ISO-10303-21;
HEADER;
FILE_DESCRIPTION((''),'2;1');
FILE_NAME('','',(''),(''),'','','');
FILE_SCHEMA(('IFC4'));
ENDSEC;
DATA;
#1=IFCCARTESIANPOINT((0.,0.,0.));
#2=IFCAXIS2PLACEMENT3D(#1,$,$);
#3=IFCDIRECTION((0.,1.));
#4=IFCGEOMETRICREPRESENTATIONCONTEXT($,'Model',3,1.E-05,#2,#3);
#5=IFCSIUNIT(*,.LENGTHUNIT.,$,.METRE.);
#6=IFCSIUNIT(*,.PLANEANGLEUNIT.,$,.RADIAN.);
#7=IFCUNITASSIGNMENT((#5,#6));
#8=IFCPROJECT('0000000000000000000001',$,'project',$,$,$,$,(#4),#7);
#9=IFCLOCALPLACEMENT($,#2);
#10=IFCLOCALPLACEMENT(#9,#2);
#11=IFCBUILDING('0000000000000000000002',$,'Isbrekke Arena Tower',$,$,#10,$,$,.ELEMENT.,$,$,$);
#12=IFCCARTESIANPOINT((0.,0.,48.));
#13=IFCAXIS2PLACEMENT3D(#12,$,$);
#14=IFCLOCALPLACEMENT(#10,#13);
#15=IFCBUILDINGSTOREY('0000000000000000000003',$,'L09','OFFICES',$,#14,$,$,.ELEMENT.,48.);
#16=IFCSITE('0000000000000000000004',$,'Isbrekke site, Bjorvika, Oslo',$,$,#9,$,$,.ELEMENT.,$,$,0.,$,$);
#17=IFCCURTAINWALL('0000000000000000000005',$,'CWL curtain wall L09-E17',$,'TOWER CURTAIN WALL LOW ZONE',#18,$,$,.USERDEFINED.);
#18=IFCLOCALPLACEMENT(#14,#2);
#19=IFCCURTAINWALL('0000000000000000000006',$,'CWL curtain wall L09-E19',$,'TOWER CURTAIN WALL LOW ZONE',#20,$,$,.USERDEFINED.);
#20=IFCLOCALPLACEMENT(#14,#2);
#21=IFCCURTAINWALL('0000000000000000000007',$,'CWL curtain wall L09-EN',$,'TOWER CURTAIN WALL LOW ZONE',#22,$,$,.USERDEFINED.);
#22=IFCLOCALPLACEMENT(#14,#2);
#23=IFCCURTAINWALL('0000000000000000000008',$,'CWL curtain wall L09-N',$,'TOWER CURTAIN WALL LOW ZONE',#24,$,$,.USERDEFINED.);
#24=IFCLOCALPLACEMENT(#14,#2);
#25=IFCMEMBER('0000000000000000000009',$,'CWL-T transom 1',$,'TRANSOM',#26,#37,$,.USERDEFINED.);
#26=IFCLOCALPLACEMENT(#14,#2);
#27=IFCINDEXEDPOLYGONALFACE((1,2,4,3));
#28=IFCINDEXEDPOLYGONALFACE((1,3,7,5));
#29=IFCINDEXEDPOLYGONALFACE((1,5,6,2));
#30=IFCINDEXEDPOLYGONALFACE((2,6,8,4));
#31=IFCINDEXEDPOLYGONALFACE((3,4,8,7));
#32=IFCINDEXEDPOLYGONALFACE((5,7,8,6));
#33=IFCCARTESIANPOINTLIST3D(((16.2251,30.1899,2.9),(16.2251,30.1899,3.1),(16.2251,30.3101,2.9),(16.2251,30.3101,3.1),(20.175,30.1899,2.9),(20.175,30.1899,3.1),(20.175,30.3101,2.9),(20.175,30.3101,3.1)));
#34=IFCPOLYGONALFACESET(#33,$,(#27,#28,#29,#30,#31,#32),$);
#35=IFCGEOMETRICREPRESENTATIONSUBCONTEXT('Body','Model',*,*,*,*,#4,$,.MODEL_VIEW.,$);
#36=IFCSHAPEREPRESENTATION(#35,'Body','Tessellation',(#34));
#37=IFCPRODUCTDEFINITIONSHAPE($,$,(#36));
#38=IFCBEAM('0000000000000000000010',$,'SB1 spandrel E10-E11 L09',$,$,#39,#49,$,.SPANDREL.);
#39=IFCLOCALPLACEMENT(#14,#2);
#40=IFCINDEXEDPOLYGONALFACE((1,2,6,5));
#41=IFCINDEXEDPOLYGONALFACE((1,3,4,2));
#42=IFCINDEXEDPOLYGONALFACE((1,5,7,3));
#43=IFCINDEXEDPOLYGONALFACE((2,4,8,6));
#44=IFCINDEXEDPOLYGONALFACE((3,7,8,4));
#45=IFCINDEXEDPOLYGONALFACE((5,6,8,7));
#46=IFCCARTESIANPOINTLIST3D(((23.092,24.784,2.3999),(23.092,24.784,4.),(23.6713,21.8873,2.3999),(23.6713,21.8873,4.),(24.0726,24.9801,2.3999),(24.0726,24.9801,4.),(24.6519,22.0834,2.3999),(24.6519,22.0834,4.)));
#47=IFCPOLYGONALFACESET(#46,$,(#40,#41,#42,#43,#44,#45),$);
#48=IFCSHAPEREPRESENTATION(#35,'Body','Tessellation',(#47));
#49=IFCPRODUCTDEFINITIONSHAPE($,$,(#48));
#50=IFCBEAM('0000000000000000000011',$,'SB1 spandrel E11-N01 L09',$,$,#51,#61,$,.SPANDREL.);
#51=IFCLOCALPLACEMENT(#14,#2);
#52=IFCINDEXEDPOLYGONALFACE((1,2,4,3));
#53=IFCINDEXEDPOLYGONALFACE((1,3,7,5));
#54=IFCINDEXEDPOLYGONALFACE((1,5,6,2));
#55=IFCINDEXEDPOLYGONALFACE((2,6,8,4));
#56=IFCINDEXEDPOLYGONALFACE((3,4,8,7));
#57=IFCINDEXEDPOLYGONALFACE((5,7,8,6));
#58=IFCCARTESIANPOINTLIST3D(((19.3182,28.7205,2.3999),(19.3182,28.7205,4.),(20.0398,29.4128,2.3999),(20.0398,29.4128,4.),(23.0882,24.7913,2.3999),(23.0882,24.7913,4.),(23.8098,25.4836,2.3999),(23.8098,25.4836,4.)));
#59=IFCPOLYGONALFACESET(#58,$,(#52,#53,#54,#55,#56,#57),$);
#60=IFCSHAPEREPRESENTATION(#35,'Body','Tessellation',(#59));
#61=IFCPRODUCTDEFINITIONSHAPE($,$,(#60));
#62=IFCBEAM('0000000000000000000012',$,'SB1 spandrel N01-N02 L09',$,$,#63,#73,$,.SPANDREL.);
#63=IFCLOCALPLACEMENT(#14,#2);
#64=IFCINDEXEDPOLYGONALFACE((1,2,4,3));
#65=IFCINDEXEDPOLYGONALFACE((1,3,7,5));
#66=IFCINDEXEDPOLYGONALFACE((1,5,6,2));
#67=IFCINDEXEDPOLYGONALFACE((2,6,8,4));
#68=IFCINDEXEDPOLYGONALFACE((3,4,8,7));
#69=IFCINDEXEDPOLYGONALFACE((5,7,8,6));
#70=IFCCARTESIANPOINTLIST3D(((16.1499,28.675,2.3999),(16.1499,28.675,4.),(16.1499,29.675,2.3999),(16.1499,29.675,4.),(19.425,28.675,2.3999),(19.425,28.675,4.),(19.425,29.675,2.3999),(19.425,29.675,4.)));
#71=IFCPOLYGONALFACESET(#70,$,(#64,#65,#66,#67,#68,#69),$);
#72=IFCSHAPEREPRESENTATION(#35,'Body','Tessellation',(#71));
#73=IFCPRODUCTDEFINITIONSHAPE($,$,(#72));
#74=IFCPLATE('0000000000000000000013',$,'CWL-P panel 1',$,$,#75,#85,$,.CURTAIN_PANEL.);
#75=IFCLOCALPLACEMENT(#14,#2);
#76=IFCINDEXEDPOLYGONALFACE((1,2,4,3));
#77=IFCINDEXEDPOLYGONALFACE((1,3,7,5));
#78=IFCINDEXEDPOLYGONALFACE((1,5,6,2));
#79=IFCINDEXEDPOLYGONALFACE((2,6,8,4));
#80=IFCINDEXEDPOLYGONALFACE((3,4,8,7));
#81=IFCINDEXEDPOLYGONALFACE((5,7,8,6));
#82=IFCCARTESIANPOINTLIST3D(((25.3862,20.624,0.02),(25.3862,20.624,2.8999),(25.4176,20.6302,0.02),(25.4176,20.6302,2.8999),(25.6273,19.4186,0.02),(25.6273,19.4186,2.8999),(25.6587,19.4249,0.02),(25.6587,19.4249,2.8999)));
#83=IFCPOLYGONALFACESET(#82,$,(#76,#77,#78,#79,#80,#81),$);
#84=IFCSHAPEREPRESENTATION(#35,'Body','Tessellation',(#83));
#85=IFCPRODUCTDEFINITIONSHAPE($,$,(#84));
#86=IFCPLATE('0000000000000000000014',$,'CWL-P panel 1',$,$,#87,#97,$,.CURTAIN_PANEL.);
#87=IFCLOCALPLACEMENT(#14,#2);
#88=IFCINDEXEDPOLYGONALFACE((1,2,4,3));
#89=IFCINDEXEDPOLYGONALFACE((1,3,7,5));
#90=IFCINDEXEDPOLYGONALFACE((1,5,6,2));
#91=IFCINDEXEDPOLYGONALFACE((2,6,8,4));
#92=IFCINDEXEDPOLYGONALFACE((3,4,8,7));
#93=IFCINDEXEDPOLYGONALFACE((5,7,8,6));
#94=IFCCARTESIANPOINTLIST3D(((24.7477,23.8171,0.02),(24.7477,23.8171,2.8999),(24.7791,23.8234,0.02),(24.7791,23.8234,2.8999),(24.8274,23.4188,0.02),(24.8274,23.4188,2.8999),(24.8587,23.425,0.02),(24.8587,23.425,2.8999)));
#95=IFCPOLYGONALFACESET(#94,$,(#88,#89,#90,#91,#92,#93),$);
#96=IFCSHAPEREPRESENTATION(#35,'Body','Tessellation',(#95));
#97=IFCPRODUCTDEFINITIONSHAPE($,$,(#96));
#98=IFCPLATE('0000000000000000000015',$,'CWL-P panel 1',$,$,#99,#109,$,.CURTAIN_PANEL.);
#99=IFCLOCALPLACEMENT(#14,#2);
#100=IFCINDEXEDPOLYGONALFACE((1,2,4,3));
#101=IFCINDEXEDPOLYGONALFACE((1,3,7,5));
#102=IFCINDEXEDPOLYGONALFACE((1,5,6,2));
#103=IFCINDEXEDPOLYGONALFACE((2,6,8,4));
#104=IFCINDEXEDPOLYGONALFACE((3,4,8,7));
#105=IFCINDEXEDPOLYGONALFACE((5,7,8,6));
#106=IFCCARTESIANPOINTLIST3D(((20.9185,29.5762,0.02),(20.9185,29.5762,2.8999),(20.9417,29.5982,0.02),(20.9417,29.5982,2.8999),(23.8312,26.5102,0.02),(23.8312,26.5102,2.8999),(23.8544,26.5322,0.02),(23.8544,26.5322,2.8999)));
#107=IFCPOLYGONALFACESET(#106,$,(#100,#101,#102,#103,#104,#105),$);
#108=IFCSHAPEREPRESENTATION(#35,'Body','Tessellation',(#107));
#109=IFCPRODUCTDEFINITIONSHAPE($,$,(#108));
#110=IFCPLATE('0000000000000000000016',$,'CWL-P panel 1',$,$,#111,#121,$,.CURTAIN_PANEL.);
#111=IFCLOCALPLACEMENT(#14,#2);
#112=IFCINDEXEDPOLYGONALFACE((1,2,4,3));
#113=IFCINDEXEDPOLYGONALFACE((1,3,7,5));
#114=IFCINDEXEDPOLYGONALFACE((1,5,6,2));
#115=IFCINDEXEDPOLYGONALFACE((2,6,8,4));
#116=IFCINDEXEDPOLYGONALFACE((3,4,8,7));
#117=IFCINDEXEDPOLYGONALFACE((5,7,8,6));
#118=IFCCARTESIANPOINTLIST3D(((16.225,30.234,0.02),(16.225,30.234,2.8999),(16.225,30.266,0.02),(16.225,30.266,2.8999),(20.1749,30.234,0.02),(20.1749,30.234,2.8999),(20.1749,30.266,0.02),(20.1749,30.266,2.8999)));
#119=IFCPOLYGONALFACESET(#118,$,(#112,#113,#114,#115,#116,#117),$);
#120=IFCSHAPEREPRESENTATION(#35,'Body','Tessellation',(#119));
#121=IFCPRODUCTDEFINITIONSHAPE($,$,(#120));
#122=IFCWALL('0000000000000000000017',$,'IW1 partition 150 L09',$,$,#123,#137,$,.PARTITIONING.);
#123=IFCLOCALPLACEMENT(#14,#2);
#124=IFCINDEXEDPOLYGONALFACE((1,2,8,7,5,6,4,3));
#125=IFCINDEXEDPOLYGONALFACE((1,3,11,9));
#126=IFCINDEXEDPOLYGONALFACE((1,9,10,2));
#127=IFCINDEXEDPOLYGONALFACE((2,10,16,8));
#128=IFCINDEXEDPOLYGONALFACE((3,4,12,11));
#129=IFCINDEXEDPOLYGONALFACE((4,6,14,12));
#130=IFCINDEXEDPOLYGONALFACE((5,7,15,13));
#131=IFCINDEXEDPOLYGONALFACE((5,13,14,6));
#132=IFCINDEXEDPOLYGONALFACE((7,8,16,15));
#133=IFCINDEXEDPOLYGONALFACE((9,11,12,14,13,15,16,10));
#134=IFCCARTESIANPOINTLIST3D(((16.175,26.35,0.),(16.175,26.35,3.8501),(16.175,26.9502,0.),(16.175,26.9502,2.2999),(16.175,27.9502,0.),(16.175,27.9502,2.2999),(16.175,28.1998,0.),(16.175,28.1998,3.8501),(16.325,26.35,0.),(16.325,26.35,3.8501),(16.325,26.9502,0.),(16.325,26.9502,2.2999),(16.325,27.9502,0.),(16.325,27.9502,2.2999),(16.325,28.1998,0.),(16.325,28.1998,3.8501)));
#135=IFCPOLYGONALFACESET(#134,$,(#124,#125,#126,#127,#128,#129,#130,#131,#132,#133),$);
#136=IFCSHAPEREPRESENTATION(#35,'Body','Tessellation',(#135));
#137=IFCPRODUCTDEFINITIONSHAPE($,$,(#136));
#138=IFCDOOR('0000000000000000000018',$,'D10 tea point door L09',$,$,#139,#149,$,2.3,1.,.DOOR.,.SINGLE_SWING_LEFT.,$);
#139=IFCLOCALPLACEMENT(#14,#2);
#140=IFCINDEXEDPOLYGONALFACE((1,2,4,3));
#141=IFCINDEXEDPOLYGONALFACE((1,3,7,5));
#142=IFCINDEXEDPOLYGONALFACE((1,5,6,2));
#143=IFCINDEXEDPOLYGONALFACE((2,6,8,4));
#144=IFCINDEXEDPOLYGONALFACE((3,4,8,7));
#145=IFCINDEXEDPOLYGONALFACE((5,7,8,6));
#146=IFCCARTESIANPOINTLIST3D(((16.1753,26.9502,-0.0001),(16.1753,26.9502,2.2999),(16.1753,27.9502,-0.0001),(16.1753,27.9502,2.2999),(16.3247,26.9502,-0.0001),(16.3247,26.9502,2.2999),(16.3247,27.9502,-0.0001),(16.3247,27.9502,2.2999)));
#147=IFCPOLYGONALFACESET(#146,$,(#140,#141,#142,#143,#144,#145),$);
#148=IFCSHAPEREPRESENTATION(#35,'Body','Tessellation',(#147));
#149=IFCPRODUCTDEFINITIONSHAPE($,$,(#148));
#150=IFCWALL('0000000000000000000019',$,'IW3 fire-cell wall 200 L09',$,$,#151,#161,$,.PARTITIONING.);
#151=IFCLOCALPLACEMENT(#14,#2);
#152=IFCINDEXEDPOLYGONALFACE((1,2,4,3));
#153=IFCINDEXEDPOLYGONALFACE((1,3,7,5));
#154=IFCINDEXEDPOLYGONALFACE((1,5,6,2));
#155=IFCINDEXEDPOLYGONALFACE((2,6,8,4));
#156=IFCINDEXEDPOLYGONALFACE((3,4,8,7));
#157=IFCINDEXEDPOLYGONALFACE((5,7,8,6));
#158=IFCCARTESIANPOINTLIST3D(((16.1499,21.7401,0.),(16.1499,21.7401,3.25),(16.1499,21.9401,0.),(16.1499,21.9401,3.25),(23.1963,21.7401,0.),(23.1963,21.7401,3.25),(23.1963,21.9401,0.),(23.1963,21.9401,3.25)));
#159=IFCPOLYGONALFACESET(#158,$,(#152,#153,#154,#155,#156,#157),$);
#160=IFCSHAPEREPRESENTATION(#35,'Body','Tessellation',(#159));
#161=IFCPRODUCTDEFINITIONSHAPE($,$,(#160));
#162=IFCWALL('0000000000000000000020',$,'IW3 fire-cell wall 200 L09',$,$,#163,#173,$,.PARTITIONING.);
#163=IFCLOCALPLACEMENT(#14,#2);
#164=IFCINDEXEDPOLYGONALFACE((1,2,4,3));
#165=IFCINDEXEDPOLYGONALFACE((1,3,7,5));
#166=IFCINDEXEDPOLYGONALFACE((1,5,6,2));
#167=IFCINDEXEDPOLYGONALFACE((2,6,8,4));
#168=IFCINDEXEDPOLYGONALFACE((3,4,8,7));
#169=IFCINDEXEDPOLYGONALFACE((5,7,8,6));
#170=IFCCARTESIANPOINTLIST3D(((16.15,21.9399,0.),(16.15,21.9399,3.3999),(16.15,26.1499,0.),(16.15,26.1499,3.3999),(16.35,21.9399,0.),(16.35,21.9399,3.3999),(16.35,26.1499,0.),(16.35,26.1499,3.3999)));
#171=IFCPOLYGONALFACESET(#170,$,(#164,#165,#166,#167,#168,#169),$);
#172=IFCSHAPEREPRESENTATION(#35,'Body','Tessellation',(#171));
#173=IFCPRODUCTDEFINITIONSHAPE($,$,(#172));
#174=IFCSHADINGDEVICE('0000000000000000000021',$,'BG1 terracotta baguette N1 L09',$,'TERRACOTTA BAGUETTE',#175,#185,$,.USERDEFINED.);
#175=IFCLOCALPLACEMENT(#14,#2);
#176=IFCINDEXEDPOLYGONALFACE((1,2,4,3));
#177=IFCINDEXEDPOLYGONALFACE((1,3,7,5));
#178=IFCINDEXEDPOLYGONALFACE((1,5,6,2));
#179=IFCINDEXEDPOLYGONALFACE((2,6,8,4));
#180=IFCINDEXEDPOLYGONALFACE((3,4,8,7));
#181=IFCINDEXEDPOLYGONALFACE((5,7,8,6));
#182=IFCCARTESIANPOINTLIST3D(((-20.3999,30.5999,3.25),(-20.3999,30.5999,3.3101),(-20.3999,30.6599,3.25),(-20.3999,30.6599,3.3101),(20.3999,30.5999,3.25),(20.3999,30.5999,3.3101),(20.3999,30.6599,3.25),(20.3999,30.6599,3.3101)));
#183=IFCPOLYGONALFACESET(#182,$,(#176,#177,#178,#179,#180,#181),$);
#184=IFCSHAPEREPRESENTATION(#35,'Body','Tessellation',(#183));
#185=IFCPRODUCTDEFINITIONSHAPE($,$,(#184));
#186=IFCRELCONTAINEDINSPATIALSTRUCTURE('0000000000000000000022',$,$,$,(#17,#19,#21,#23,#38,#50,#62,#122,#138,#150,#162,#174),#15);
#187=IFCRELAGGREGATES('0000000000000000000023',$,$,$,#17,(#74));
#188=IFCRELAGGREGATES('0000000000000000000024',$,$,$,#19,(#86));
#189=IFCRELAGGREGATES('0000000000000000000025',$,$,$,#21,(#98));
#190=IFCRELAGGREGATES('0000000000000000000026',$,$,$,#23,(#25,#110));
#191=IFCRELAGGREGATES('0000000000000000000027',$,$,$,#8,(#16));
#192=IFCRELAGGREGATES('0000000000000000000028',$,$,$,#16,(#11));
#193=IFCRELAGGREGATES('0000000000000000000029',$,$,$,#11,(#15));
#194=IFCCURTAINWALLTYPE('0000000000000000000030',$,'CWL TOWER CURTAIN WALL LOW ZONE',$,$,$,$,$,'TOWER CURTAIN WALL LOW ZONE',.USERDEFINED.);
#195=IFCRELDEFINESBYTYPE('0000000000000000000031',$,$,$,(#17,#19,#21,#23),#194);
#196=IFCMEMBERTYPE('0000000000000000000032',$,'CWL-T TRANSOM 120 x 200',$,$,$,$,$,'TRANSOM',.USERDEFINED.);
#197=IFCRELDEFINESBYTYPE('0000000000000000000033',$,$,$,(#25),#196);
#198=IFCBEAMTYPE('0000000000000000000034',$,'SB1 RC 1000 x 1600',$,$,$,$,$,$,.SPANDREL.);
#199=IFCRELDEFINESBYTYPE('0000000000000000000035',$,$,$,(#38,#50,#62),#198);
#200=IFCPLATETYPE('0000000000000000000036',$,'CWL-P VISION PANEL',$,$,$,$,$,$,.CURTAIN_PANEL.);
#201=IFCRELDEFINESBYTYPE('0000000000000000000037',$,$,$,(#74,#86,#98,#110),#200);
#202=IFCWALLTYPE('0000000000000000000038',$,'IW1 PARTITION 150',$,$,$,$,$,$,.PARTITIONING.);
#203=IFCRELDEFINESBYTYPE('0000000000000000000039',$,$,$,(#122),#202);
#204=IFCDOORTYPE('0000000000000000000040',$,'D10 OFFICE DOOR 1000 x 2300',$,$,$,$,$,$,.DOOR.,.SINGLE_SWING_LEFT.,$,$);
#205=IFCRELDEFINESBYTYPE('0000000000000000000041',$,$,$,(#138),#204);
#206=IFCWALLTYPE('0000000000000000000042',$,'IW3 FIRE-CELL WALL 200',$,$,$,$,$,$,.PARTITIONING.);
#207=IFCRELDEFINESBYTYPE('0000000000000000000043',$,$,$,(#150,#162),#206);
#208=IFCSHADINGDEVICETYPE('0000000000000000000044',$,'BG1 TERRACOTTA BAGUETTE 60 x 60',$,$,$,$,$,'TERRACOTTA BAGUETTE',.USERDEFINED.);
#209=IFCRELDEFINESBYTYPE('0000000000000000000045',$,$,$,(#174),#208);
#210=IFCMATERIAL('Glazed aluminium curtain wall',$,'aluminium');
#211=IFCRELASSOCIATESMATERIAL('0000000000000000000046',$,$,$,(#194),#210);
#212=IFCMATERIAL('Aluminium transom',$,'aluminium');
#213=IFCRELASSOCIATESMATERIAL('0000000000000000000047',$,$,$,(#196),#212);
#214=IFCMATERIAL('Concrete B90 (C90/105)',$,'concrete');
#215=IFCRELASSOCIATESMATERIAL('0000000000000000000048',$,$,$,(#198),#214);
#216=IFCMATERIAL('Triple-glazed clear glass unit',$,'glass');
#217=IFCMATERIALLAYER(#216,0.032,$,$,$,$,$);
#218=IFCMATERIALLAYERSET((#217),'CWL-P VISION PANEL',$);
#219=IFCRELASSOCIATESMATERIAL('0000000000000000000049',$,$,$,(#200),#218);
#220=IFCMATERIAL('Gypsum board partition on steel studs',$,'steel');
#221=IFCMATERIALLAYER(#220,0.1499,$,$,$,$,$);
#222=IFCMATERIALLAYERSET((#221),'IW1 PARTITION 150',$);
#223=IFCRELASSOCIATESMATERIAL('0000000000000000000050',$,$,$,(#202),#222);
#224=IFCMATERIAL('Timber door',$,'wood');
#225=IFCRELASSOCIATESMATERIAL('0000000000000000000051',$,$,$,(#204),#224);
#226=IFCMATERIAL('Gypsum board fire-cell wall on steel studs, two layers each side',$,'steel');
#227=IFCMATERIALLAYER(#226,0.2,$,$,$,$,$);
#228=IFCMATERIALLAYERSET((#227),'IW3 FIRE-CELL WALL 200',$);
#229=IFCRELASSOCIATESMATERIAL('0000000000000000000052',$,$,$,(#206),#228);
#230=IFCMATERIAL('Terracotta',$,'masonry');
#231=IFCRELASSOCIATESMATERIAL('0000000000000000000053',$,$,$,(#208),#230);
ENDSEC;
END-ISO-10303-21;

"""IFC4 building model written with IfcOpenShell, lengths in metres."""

from ifc_helpers import new_model, si_unit, direction, frame, frame_2d, origin, origin_2d, place, context, subcontext, project, spatial, rectangle, extrude, material, layer, layer_set, material_profile, profile_set, type_object, element, fill, aggregate, save


model = new_model("IFC4")

# Units and contexts
model_context = context("Model", 3, precision=1e-05, world=origin(), true_north=direction((0.0, 1.0)))
body_context = subcontext(model_context, "Body", "Model", "MODEL_VIEW")
ifc_project = project(units=[si_unit("LENGTHUNIT", "METRE"), si_unit("PLANEANGLEUNIT", "RADIAN")], contexts=[model_context])

# Site, building, storey
site_placement = place(None, origin())
site = spatial("IfcSite", under=ifc_project, at=site_placement, Name="Isbrekke site, Bjorvika, Oslo", CompositionType="ELEMENT", RefElevation=0.0)
building_placement = place(site_placement, origin())
building = spatial("IfcBuilding", under=site, at=building_placement, Name="Isbrekke Arena Tower", CompositionType="ELEMENT")
storey_placement = place(building_placement, frame((0.0, 0.0, 48.0)))
storey = spatial("IfcBuildingStorey", under=building, at=storey_placement, Name="L09", Description="OFFICES", CompositionType="ELEMENT", Elevation=48.0)

# Curtain walls
ifc_material_1 = material(Name="Glazed aluminium curtain wall", Category="aluminium")
curtain_wall_type = type_object("IfcCurtainWallType", Name="CWL TOWER CURTAIN WALL LOW ZONE", ElementType="TOWER CURTAIN WALL LOW ZONE", PredefinedType="USERDEFINED", material=ifc_material_1)
curtain_wall_1_placement = place(storey_placement, origin())
curtain_wall_1 = element("IfcCurtainWall", 1, at=curtain_wall_1_placement, inside=storey, type_object=curtain_wall_type, Name="CWL curtain wall L09-E17", ObjectType="TOWER CURTAIN WALL LOW ZONE", PredefinedType="USERDEFINED")
curtain_wall_2_placement = place(storey_placement, origin())
curtain_wall_2 = element("IfcCurtainWall", 2, at=curtain_wall_2_placement, inside=storey, type_object=curtain_wall_type, Name="CWL curtain wall L09-E19", ObjectType="TOWER CURTAIN WALL LOW ZONE", PredefinedType="USERDEFINED")
curtain_wall_3_placement = place(storey_placement, origin())
curtain_wall_3 = element("IfcCurtainWall", 3, at=curtain_wall_3_placement, inside=storey, type_object=curtain_wall_type, Name="CWL curtain wall L09-EN", ObjectType="TOWER CURTAIN WALL LOW ZONE", PredefinedType="USERDEFINED")
curtain_wall_4_placement = place(storey_placement, origin())
curtain_wall_4 = element("IfcCurtainWall", 4, at=curtain_wall_4_placement, inside=storey, type_object=curtain_wall_type, Name="CWL curtain wall L09-N", ObjectType="TOWER CURTAIN WALL LOW ZONE", PredefinedType="USERDEFINED")

# Member
ifc_material_2 = material(Name="Aluminium transom", Category="aluminium")
ifc_material_profile_1 = material_profile(ifc_material_2, rectangle(XDim=0.1201, YDim=0.2, at=origin_2d()), Name="TRANSOM 120X200")
ifc_profile_set_1 = profile_set([ifc_material_profile_1], Name="Aluminium transom")
member_type_1 = type_object("IfcMemberType", Name="CWL-T TRANSOM 120 x 200", ElementType="TRANSOM", PredefinedType="USERDEFINED", material=ifc_profile_set_1)
member_1_placement = place(storey_placement, frame((20.175, 30.25, 3.0), z_axis=(-1.0, 0.0, 0.0), x_axis=(0.0, -1.0, 0.0)))
member_1 = element("IfcMember", 5, at=member_1_placement, type_object=member_type_1, Name="CWL-T transom 1", ObjectType="TRANSOM", PredefinedType="USERDEFINED", context=body_context, shape_type="SweptSolid", body=[
    extrude(rectangle(XDim=0.1201, YDim=0.2, at=origin_2d()), origin(), (0.0, 0.0, 1.0), 3.95),
])

# Beams
ifc_material_3 = material(Name="Concrete B90 (C90/105)", Category="concrete")
ifc_material_profile_2 = material_profile(ifc_material_3, rectangle(XDim=1.0, YDim=1.6001, at=origin_2d()), Name="RC 1000x1600")
ifc_profile_set_2 = profile_set([ifc_material_profile_2], Name="Concrete B90 (C90/105)")
beam_type_1 = type_object("IfcBeamType", Name="SB1 RC 1000 x 1600", PredefinedType="SPANDREL", material=ifc_profile_set_2)
beam_1_placement = place(storey_placement, frame((24.1616, 21.9854, 3.2), z_axis=(-0.196116, 0.980581, 0.0), x_axis=(-0.980581, -0.196116, 0.0)))
element("IfcBeam", 6, at=beam_1_placement, inside=storey, type_object=beam_type_1, Name="SB1 spandrel E10-E11 L09", PredefinedType="SPANDREL", context=body_context, shape_type="SweptSolid", body=[
    extrude(rectangle(XDim=1.0, YDim=1.6001, at=origin_2d()), origin(), (0.0, 0.0, 1.0), 2.9541),
])
beam_2_placement = place(storey_placement, frame((23.449, 25.1375, 3.2), z_axis=(-0.69234, 0.721572, 0.0), x_axis=(-0.721572, -0.69234, 0.0)))
element("IfcBeam", 7, at=beam_2_placement, inside=storey, type_object=beam_type_1, Name="SB1 spandrel E11-N01 L09", PredefinedType="SPANDREL", context=body_context, shape_type="SweptSolid", body=[
    extrude(rectangle(XDim=1.0, YDim=1.6001, at=origin_2d()), origin(), (0.0, 0.0, 1.0), 5.4453),
])
beam_3_placement = place(storey_placement, frame((19.425, 29.175, 3.2), z_axis=(-1.0, 0.0, 0.0), x_axis=(0.0, -1.0, 0.0)))
element("IfcBeam", 8, at=beam_3_placement, inside=storey, type_object=beam_type_1, Name="SB1 spandrel N01-N02 L09", PredefinedType="SPANDREL", context=body_context, shape_type="SweptSolid", body=[
    extrude(rectangle(XDim=1.0, YDim=1.6001, at=origin_2d()), origin(), (0.0, 0.0, 1.0), 3.2751),
])

# Plates
ifc_material_4 = material(Name="Triple-glazed clear glass unit", Category="glass")
ifc_layer_1 = layer(ifc_material_4, 0.032)
ifc_layer_set_1 = layer_set([ifc_layer_1], Name="CWL-P VISION PANEL")
plate_type = type_object("IfcPlateType", Name="CWL-P VISION PANEL", PredefinedType="CURTAIN_PANEL", material=ifc_layer_set_1)
plate_1_placement = place(storey_placement, frame((25.5225, 20.0244, 0.02), z_axis=(0.0, 0.0, 1.0), x_axis=(-0.196116, 0.980581, 0.0)))
plate_1 = element("IfcPlate", 9, at=plate_1_placement, type_object=plate_type, Name="CWL-P panel 1", PredefinedType="CURTAIN_PANEL", context=body_context, shape_type="SweptSolid", body=[
    extrude(rectangle(XDim=1.2292, YDim=0.032, at=origin_2d()), origin(), (0.0, 0.0, 1.0), 2.8799),
])
aggregate(curtain_wall_1, [plate_1])
plate_2_placement = place(storey_placement, frame((24.8032, 23.6211, 0.02), z_axis=(0.0, 0.0, 1.0), x_axis=(-0.196116, 0.980581, 0.0)))
plate_2 = element("IfcPlate", 10, at=plate_2_placement, type_object=plate_type, Name="CWL-P panel 1", PredefinedType="CURTAIN_PANEL", context=body_context, shape_type="SweptSolid", body=[
    extrude(rectangle(XDim=0.4062, YDim=0.032, at=origin_2d()), origin(), (0.0, 0.0, 1.0), 2.8799),
])
aggregate(curtain_wall_2, [plate_2])
plate_3_placement = place(storey_placement, frame((22.3865, 28.0542, 0.02), z_axis=(0.0, 0.0, 1.0), x_axis=(-0.688749, 0.724999, 0.0)))
plate_3 = element("IfcPlate", 11, at=plate_3_placement, type_object=plate_type, Name="CWL-P panel 1", PredefinedType="CURTAIN_PANEL", context=body_context, shape_type="SweptSolid", body=[
    extrude(rectangle(XDim=4.229, YDim=0.032, at=origin_2d()), origin(), (0.0, 0.0, 1.0), 2.8799),
])
aggregate(curtain_wall_3, [plate_3])
plate_4_placement = place(storey_placement, frame((18.2, 30.25, 0.02), z_axis=(0.0, 0.0, 1.0), x_axis=(-1.0, 0.0, 0.0)))
plate_4 = element("IfcPlate", 12, at=plate_4_placement, type_object=plate_type, Name="CWL-P panel 1", PredefinedType="CURTAIN_PANEL", context=body_context, shape_type="SweptSolid", body=[
    extrude(rectangle(XDim=3.95, YDim=0.032, at=origin_2d()), origin(), (0.0, 0.0, 1.0), 2.8799),
])
aggregate(curtain_wall_4, [member_1, plate_4])

# Wall, opening, door
ifc_material_5 = material(Name="Gypsum board partition on steel studs", Category="steel")
ifc_layer_2 = layer(ifc_material_5, 0.1499)
ifc_layer_set_2 = layer_set([ifc_layer_2], Name="IW1 PARTITION 150")
wall_type_1 = type_object("IfcWallType", Name="IW1 PARTITION 150", PredefinedType="PARTITIONING", material=ifc_layer_set_2)
wall_1_placement = place(storey_placement, frame((16.25, 26.3501, 0.0), z_axis=(0.0, 0.0, 1.0), x_axis=(0.0, 1.0, 0.0)))
wall_1 = element("IfcWall", 13, at=wall_1_placement, inside=storey, type_object=wall_type_1, Name="IW1 partition 150 L09", PredefinedType="PARTITIONING", context=body_context, shape_type="SweptSolid", body=[
    extrude(rectangle(XDim=1.8499, YDim=0.1499, at=frame_2d((0.9248, 0.0))), origin(), (0.0, 0.0, 1.0), 3.8501),
])
opening_placement = place(wall_1_placement, frame((0.6001, 0.0, 0.0)))
opening = element("IfcOpeningElement", 14, at=opening_placement, cuts=wall_1, PredefinedType="OPENING", context=body_context, shape_type="SweptSolid", body=[
    extrude(rectangle(XDim=1.0, YDim=2.3, at=frame_2d((0.5, 1.1499))), frame((0.0, 0.0898, 0.0), z_axis=(0.0, -1.0, 0.0), x_axis=(1.0, 0.0, 0.0)), (0.0, 0.0, 1.0), 0.1797),
])
ifc_material_6 = material(Name="Timber door", Category="wood")
door_type = type_object("IfcDoorType", Name="D10 OFFICE DOOR 1000 x 2300", OperationType="SINGLE_SWING_LEFT", PredefinedType="DOOR", material=ifc_material_6)
door_placement = place(opening_placement, origin())
door = element("IfcDoor", 15, at=door_placement, inside=storey, type_object=door_type, Name="D10 tea point door L09", OperationType="SINGLE_SWING_LEFT", OverallHeight=2.3, OverallWidth=1.0, PredefinedType="DOOR", context=body_context, shape_type="SweptSolid", body=[
    extrude(rectangle(XDim=1.0, YDim=2.3, at=frame_2d((0.5, 1.1499))), frame((0.0, 0.0747, 0.0), z_axis=(0.0, -1.0, 0.0), x_axis=(1.0, 0.0, 0.0)), (0.0, 0.0, 1.0), 0.1494),
])
fill(opening, door)

# Walls
ifc_material_7 = material(Name="Gypsum board fire-cell wall on steel studs, two layers each side", Category="steel")
ifc_layer_3 = layer(ifc_material_7, 0.2)
ifc_layer_set_3 = layer_set([ifc_layer_3], Name="IW3 FIRE-CELL WALL 200")
wall_type_2 = type_object("IfcWallType", Name="IW3 FIRE-CELL WALL 200", PredefinedType="PARTITIONING", material=ifc_layer_set_3)
wall_2_placement = place(storey_placement, frame((16.1499, 21.8401, 0.0), z_axis=(0.0, 0.0, 1.0), x_axis=(1.0, 0.0, 0.0)))
element("IfcWall", 16, at=wall_2_placement, inside=storey, type_object=wall_type_2, Name="IW3 fire-cell wall 200 L09", PredefinedType="PARTITIONING", context=body_context, shape_type="SweptSolid", body=[
    extrude(rectangle(XDim=7.0464, YDim=0.2, at=frame_2d((3.5232, 0.0))), origin(), (0.0, 0.0, 1.0), 3.25),
])
wall_3_placement = place(storey_placement, frame((16.25, 21.9399, 0.0), z_axis=(0.0, 0.0, 1.0), x_axis=(0.0, 1.0, 0.0)))
element("IfcWall", 17, at=wall_3_placement, inside=storey, type_object=wall_type_2, Name="IW3 fire-cell wall 200 L09", PredefinedType="PARTITIONING", context=body_context, shape_type="SweptSolid", body=[
    extrude(rectangle(XDim=4.21, YDim=0.2, at=frame_2d((2.105, 0.0))), origin(), (0.0, 0.0, 1.0), 3.3999),
])

# Shading device
ifc_material_8 = material(Name="Terracotta", Category="masonry")
ifc_material_profile_3 = material_profile(ifc_material_8, rectangle(XDim=0.0601, YDim=0.0601, at=origin_2d()), Name="BAGUETTE 60X60")
ifc_profile_set_3 = profile_set([ifc_material_profile_3], Name="Terracotta")
shading_device_type = type_object("IfcShadingDeviceType", Name="BG1 TERRACOTTA BAGUETTE 60 x 60", ElementType="TERRACOTTA BAGUETTE", PredefinedType="USERDEFINED", material=ifc_profile_set_3)
for number, where, z_axis, x_axis, name in (
    (18, (20.3999, 30.6299, 3.28), (-1.0, 0.0, 0.0), (0.0, -1.0, 0.0), "BG1 terracotta baguette N1 L09"),
):
    element("IfcShadingDevice", number, at=place(storey_placement, frame(where, z_axis=z_axis, x_axis=x_axis)), inside=storey, type_object=shading_device_type, Name=name, ObjectType="TERRACOTTA BAGUETTE", PredefinedType="USERDEFINED", context=body_context, shape_type="SweptSolid", body=[
        extrude(rectangle(XDim=0.0601, YDim=0.0601, at=origin_2d()), origin(), (0.0, 0.0, 1.0), 40.7998),
    ])

save(model, "model.ifc")
